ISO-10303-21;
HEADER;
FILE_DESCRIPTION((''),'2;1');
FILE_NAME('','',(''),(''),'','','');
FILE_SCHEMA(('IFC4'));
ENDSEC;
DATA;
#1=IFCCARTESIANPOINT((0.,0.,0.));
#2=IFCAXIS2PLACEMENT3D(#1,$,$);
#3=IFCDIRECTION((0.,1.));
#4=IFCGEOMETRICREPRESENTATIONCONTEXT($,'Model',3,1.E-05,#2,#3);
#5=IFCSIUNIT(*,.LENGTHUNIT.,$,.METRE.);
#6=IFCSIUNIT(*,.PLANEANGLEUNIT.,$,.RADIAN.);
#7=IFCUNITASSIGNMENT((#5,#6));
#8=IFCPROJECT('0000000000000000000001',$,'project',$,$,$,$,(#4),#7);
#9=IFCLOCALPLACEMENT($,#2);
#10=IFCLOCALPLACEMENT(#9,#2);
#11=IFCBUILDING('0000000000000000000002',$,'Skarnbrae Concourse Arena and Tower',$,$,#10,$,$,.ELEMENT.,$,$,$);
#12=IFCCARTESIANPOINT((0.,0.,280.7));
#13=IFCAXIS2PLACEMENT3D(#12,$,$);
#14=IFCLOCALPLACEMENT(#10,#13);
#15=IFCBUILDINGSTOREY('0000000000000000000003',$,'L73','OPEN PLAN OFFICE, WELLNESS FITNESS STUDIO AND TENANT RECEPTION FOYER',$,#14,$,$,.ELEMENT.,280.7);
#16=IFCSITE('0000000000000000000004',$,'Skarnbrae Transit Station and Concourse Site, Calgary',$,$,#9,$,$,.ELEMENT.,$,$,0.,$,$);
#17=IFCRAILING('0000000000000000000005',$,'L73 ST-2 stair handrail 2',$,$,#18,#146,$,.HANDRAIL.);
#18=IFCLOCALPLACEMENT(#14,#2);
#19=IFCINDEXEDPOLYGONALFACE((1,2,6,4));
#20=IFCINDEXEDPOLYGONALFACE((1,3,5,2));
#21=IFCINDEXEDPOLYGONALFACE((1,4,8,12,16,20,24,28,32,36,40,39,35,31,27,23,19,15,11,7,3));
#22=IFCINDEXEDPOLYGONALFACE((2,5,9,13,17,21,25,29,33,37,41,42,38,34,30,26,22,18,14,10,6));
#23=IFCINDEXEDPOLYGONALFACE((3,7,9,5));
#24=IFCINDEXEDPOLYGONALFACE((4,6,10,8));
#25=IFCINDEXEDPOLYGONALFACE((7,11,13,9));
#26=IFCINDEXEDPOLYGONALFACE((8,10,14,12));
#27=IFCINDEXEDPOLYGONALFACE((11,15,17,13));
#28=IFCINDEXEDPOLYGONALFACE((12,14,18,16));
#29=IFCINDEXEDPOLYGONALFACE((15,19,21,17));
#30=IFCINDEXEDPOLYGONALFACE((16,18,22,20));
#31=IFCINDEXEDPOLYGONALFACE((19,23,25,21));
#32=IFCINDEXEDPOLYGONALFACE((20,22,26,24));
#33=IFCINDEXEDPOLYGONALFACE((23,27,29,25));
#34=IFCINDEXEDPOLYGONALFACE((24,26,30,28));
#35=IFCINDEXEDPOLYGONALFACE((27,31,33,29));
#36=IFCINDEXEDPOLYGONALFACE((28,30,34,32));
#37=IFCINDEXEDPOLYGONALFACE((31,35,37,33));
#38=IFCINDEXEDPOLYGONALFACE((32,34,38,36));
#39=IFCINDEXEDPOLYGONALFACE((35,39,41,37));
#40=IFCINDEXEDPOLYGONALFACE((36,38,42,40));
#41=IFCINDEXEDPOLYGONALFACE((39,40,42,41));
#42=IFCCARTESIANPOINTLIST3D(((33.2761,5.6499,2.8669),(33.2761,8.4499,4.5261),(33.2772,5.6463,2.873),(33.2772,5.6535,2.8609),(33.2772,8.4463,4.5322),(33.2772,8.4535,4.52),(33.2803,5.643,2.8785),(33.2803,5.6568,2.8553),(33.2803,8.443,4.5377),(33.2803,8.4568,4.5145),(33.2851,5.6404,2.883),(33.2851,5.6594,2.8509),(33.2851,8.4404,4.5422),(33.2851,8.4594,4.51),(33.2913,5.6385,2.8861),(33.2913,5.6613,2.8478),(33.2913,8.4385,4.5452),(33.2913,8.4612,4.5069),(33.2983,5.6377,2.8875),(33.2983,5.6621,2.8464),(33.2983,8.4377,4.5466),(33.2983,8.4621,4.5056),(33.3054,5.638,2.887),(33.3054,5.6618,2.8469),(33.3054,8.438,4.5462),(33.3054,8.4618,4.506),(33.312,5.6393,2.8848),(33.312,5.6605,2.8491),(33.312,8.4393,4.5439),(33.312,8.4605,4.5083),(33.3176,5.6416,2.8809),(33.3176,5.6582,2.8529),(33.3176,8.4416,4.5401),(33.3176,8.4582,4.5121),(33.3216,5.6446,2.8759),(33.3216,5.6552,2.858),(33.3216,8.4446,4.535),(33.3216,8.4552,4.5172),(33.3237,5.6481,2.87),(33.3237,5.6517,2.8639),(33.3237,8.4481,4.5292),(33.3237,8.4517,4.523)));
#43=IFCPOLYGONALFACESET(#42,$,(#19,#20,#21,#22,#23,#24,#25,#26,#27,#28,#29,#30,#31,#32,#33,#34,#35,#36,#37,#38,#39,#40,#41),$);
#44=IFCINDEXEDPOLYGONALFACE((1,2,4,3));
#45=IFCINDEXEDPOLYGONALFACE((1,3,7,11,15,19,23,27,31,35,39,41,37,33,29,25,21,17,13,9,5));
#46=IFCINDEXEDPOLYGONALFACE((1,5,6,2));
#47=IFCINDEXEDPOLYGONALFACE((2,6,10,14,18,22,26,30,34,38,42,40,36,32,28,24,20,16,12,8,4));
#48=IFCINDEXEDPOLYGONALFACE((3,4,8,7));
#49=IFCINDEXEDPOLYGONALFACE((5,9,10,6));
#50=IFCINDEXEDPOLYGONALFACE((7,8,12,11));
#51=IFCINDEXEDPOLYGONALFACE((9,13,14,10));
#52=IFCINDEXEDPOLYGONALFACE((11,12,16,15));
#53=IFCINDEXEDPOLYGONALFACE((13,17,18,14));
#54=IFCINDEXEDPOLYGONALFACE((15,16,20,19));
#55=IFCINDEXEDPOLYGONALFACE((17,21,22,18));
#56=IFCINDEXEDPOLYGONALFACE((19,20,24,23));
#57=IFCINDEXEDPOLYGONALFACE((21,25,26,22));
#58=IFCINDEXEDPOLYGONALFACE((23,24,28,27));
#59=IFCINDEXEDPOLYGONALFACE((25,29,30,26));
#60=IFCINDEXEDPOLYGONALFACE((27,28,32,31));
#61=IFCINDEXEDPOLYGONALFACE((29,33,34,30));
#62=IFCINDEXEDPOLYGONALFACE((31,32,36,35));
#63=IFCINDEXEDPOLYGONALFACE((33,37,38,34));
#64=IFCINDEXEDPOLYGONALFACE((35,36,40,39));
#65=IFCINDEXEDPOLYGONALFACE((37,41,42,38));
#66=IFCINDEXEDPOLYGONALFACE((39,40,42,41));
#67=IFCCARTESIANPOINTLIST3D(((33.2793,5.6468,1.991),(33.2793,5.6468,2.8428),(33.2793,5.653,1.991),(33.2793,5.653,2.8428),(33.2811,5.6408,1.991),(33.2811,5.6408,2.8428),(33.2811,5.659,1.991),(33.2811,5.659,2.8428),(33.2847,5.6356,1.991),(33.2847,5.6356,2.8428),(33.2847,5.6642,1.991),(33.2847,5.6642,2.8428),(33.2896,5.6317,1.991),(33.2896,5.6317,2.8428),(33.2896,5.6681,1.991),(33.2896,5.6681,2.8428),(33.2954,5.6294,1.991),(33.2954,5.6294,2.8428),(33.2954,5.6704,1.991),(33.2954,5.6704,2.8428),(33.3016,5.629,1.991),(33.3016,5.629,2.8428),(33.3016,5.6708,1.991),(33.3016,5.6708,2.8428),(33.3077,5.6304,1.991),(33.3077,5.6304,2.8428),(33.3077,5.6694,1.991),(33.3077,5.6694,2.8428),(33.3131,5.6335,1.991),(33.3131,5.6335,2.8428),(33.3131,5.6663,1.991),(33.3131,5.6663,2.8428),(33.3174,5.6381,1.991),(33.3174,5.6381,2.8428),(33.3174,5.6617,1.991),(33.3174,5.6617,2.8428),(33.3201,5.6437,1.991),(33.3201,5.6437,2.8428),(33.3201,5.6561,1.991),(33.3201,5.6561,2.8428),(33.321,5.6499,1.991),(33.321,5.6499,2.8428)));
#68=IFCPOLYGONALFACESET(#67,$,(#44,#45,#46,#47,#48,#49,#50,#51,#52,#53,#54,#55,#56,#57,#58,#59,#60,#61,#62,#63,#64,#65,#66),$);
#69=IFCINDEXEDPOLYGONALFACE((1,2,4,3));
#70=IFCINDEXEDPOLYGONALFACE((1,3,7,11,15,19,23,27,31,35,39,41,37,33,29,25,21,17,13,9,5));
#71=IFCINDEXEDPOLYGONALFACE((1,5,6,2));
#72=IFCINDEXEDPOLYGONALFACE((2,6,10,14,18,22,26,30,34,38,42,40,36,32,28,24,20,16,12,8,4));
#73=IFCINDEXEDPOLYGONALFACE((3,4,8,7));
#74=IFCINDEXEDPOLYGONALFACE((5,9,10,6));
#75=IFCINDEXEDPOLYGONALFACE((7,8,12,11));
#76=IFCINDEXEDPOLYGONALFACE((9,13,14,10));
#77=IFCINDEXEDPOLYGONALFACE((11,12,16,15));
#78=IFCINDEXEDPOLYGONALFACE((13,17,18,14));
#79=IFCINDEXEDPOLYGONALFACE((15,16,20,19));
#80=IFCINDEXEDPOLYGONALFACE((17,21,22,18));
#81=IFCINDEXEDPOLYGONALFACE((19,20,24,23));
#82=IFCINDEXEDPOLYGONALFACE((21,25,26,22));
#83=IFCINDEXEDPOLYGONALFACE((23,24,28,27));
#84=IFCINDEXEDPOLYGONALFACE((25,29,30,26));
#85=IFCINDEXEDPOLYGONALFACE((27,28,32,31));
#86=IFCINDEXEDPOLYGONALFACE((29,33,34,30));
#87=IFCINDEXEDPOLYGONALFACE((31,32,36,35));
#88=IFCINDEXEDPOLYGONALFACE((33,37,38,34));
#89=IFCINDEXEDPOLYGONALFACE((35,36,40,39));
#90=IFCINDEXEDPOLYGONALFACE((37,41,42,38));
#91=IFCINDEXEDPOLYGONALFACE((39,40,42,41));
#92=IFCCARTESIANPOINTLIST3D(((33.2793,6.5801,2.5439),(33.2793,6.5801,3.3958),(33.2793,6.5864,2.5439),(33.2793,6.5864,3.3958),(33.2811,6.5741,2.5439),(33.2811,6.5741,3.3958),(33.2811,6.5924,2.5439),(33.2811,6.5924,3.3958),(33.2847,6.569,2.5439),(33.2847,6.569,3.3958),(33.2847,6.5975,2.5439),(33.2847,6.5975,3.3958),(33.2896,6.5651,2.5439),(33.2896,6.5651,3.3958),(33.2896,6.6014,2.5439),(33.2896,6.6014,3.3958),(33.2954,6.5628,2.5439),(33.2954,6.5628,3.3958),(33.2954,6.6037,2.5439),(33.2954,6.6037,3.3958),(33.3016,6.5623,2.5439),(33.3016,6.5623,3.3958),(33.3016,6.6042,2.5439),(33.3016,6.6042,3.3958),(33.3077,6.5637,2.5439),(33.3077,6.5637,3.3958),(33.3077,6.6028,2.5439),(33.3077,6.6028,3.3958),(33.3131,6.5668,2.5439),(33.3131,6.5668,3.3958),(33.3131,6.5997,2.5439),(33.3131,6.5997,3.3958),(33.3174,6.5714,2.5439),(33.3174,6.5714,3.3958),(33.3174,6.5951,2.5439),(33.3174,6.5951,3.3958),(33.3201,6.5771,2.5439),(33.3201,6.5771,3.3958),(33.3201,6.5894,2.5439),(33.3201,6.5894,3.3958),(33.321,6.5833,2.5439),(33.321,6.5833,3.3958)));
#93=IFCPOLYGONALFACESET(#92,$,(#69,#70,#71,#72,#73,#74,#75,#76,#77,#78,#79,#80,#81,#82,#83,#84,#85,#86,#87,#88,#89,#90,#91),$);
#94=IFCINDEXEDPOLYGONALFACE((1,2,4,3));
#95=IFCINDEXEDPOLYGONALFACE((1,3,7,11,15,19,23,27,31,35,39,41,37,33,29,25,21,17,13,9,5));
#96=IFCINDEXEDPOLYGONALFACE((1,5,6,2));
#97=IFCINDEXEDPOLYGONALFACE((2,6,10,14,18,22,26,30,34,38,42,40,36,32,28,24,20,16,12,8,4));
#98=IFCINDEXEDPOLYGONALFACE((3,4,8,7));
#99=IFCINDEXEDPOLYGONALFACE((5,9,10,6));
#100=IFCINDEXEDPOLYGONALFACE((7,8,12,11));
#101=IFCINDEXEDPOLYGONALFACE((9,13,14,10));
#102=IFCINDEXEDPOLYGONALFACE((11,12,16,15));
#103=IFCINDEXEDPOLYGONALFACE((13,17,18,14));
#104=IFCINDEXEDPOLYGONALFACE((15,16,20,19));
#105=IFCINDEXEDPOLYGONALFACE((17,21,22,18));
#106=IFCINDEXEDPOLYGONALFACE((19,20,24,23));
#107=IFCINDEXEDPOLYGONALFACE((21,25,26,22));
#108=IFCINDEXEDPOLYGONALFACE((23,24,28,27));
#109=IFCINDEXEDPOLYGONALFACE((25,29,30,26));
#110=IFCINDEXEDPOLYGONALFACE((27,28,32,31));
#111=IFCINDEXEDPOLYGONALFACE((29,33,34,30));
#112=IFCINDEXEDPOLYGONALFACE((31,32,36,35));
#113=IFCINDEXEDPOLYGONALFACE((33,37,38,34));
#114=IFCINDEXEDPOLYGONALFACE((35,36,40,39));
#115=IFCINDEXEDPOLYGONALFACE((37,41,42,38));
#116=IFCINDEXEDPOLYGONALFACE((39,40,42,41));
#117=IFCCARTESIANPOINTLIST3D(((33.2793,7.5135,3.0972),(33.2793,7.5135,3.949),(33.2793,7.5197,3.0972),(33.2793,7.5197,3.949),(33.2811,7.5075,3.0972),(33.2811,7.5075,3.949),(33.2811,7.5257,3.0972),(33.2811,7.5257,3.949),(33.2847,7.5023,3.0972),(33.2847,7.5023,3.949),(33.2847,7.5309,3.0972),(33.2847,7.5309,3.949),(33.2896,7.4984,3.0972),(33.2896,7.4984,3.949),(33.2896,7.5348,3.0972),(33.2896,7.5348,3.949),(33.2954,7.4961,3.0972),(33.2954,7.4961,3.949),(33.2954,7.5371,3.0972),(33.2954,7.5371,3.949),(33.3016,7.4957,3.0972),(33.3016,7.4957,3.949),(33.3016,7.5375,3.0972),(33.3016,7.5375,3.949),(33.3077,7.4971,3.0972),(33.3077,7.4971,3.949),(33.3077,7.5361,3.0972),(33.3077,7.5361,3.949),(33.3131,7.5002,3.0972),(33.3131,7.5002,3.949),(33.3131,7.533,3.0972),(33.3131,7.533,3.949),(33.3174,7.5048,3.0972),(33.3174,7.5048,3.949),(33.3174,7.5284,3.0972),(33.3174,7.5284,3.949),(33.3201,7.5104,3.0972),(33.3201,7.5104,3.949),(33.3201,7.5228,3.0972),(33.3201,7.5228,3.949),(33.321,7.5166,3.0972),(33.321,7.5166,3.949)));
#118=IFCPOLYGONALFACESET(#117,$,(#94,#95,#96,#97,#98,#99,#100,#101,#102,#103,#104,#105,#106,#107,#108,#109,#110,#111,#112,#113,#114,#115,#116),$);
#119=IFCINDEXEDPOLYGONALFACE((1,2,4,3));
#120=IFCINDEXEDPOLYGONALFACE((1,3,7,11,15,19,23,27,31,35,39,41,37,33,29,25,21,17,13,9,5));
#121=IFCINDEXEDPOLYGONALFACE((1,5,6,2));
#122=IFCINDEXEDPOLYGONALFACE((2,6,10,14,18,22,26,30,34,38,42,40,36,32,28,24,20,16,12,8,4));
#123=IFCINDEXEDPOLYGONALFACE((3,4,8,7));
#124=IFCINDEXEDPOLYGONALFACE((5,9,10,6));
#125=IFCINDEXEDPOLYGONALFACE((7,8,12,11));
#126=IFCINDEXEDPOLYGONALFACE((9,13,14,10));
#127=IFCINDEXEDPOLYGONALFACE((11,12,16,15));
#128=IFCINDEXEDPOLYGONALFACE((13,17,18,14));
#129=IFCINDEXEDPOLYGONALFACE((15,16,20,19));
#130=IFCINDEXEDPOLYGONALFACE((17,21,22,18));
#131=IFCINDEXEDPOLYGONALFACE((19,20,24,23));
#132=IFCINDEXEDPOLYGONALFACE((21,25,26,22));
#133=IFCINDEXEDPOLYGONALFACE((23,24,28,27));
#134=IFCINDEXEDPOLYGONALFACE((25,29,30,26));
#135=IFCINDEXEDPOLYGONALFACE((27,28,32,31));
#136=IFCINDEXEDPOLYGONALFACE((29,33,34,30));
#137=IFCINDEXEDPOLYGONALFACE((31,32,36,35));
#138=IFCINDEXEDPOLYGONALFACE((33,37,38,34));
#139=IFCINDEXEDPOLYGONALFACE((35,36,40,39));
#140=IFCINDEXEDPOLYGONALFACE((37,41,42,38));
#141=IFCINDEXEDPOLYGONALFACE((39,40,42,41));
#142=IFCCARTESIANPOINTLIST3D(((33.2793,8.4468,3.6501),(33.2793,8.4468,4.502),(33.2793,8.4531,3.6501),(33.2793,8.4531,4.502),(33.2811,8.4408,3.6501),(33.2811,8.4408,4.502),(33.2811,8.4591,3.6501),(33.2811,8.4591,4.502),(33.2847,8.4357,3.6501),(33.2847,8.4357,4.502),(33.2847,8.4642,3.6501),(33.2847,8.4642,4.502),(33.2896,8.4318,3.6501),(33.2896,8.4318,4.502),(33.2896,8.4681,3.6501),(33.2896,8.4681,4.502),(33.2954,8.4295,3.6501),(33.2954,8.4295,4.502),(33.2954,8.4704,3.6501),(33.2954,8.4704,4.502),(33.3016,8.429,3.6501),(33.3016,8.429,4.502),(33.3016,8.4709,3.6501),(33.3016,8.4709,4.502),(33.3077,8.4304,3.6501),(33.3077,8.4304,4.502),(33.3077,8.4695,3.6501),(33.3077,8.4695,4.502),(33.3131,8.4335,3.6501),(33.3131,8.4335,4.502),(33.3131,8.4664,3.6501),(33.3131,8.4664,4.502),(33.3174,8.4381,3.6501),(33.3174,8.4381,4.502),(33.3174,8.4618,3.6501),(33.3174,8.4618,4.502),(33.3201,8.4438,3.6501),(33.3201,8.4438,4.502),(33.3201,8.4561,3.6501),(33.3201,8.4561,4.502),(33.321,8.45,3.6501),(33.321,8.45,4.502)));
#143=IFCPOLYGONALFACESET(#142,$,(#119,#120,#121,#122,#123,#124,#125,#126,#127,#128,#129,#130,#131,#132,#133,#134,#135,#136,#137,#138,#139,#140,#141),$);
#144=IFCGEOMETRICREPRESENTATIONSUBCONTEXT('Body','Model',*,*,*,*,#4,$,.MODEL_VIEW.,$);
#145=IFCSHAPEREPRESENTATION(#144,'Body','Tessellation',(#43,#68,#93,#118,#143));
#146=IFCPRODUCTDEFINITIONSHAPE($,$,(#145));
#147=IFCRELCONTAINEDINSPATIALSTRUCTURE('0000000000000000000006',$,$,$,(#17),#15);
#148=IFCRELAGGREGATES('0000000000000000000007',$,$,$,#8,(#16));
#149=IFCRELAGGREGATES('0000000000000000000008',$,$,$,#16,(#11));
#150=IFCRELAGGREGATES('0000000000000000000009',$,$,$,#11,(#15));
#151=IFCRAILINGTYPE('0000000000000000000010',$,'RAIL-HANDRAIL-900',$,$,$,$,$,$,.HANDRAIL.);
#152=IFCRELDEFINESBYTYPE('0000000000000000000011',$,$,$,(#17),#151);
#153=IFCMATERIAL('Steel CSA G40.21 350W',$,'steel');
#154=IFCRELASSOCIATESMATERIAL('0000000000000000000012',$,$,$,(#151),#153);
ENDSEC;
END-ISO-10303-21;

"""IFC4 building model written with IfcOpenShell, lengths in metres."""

from ifc_helpers import new_model, si_unit, direction, frame, origin, origin_2d, place, context, subcontext, project, spatial, circle, extrude, material, type_object, element, save


model = new_model("IFC4")

# Units and contexts
model_context = context("Model", 3, precision=1e-05, world=origin(), true_north=direction((0.0, 1.0)))
body_context = subcontext(model_context, "Body", "Model", "MODEL_VIEW")
ifc_project = project(units=[si_unit("LENGTHUNIT", "METRE"), si_unit("PLANEANGLEUNIT", "RADIAN")], contexts=[model_context])

# Site, building, storey
site_placement = place(None, origin())
site = spatial("IfcSite", under=ifc_project, at=site_placement, Name="Skarnbrae Transit Station and Concourse Site, Calgary", CompositionType="ELEMENT", RefElevation=0.0)
building_placement = place(site_placement, origin())
building = spatial("IfcBuilding", under=site, at=building_placement, Name="Skarnbrae Concourse Arena and Tower", CompositionType="ELEMENT")
storey_placement = place(building_placement, frame((0.0, 0.0, 280.7)))
storey = spatial("IfcBuildingStorey", under=building, at=storey_placement, Name="L73", Description="OPEN PLAN OFFICE, WELLNESS FITNESS STUDIO AND TENANT RECEPTION FOYER", CompositionType="ELEMENT", Elevation=280.7)

# Shared definitions
ifc_material_1 = material(Name="Steel CSA G40.21 350W", Category="steel")

# Railing
railing_type_1 = type_object("IfcRailingType", Name="RAIL-HANDRAIL-900", PredefinedType="HANDRAIL", material=ifc_material_1)
railing_1_placement = place(storey_placement, frame((33.3, 5.6499, 1.991)))
element("IfcRailing", 1, at=railing_1_placement, inside=storey, type_object=railing_type_1, Name="L73 ST-2 stair handrail 2", PredefinedType="HANDRAIL", context=body_context, shape_type="SweptSolid", body=[
    extrude(circle(Radius=0.0239, at=origin_2d()), frame((0.0, 0.0, 0.876), z_axis=(0.0, 0.860306, 0.509778), x_axis=(-1.0, 0.0, 0.0)), (0.0, 0.0, 1.0), 3.2546),
    extrude(circle(Radius=0.021, at=origin_2d()), origin(), (0.0, 0.0, 1.0), 0.8518),
    extrude(circle(Radius=0.021, at=origin_2d()), frame((0.0, 0.9333, 0.553)), (0.0, 0.0, 1.0), 0.8518),
    extrude(circle(Radius=0.021, at=origin_2d()), frame((0.0, 1.8667, 1.1062)), (0.0, 0.0, 1.0), 0.8518),
    extrude(circle(Radius=0.021, at=origin_2d()), frame((0.0, 2.8, 1.6592)), (0.0, 0.0, 1.0), 0.8518),
])

save(model, "model.ifc")
